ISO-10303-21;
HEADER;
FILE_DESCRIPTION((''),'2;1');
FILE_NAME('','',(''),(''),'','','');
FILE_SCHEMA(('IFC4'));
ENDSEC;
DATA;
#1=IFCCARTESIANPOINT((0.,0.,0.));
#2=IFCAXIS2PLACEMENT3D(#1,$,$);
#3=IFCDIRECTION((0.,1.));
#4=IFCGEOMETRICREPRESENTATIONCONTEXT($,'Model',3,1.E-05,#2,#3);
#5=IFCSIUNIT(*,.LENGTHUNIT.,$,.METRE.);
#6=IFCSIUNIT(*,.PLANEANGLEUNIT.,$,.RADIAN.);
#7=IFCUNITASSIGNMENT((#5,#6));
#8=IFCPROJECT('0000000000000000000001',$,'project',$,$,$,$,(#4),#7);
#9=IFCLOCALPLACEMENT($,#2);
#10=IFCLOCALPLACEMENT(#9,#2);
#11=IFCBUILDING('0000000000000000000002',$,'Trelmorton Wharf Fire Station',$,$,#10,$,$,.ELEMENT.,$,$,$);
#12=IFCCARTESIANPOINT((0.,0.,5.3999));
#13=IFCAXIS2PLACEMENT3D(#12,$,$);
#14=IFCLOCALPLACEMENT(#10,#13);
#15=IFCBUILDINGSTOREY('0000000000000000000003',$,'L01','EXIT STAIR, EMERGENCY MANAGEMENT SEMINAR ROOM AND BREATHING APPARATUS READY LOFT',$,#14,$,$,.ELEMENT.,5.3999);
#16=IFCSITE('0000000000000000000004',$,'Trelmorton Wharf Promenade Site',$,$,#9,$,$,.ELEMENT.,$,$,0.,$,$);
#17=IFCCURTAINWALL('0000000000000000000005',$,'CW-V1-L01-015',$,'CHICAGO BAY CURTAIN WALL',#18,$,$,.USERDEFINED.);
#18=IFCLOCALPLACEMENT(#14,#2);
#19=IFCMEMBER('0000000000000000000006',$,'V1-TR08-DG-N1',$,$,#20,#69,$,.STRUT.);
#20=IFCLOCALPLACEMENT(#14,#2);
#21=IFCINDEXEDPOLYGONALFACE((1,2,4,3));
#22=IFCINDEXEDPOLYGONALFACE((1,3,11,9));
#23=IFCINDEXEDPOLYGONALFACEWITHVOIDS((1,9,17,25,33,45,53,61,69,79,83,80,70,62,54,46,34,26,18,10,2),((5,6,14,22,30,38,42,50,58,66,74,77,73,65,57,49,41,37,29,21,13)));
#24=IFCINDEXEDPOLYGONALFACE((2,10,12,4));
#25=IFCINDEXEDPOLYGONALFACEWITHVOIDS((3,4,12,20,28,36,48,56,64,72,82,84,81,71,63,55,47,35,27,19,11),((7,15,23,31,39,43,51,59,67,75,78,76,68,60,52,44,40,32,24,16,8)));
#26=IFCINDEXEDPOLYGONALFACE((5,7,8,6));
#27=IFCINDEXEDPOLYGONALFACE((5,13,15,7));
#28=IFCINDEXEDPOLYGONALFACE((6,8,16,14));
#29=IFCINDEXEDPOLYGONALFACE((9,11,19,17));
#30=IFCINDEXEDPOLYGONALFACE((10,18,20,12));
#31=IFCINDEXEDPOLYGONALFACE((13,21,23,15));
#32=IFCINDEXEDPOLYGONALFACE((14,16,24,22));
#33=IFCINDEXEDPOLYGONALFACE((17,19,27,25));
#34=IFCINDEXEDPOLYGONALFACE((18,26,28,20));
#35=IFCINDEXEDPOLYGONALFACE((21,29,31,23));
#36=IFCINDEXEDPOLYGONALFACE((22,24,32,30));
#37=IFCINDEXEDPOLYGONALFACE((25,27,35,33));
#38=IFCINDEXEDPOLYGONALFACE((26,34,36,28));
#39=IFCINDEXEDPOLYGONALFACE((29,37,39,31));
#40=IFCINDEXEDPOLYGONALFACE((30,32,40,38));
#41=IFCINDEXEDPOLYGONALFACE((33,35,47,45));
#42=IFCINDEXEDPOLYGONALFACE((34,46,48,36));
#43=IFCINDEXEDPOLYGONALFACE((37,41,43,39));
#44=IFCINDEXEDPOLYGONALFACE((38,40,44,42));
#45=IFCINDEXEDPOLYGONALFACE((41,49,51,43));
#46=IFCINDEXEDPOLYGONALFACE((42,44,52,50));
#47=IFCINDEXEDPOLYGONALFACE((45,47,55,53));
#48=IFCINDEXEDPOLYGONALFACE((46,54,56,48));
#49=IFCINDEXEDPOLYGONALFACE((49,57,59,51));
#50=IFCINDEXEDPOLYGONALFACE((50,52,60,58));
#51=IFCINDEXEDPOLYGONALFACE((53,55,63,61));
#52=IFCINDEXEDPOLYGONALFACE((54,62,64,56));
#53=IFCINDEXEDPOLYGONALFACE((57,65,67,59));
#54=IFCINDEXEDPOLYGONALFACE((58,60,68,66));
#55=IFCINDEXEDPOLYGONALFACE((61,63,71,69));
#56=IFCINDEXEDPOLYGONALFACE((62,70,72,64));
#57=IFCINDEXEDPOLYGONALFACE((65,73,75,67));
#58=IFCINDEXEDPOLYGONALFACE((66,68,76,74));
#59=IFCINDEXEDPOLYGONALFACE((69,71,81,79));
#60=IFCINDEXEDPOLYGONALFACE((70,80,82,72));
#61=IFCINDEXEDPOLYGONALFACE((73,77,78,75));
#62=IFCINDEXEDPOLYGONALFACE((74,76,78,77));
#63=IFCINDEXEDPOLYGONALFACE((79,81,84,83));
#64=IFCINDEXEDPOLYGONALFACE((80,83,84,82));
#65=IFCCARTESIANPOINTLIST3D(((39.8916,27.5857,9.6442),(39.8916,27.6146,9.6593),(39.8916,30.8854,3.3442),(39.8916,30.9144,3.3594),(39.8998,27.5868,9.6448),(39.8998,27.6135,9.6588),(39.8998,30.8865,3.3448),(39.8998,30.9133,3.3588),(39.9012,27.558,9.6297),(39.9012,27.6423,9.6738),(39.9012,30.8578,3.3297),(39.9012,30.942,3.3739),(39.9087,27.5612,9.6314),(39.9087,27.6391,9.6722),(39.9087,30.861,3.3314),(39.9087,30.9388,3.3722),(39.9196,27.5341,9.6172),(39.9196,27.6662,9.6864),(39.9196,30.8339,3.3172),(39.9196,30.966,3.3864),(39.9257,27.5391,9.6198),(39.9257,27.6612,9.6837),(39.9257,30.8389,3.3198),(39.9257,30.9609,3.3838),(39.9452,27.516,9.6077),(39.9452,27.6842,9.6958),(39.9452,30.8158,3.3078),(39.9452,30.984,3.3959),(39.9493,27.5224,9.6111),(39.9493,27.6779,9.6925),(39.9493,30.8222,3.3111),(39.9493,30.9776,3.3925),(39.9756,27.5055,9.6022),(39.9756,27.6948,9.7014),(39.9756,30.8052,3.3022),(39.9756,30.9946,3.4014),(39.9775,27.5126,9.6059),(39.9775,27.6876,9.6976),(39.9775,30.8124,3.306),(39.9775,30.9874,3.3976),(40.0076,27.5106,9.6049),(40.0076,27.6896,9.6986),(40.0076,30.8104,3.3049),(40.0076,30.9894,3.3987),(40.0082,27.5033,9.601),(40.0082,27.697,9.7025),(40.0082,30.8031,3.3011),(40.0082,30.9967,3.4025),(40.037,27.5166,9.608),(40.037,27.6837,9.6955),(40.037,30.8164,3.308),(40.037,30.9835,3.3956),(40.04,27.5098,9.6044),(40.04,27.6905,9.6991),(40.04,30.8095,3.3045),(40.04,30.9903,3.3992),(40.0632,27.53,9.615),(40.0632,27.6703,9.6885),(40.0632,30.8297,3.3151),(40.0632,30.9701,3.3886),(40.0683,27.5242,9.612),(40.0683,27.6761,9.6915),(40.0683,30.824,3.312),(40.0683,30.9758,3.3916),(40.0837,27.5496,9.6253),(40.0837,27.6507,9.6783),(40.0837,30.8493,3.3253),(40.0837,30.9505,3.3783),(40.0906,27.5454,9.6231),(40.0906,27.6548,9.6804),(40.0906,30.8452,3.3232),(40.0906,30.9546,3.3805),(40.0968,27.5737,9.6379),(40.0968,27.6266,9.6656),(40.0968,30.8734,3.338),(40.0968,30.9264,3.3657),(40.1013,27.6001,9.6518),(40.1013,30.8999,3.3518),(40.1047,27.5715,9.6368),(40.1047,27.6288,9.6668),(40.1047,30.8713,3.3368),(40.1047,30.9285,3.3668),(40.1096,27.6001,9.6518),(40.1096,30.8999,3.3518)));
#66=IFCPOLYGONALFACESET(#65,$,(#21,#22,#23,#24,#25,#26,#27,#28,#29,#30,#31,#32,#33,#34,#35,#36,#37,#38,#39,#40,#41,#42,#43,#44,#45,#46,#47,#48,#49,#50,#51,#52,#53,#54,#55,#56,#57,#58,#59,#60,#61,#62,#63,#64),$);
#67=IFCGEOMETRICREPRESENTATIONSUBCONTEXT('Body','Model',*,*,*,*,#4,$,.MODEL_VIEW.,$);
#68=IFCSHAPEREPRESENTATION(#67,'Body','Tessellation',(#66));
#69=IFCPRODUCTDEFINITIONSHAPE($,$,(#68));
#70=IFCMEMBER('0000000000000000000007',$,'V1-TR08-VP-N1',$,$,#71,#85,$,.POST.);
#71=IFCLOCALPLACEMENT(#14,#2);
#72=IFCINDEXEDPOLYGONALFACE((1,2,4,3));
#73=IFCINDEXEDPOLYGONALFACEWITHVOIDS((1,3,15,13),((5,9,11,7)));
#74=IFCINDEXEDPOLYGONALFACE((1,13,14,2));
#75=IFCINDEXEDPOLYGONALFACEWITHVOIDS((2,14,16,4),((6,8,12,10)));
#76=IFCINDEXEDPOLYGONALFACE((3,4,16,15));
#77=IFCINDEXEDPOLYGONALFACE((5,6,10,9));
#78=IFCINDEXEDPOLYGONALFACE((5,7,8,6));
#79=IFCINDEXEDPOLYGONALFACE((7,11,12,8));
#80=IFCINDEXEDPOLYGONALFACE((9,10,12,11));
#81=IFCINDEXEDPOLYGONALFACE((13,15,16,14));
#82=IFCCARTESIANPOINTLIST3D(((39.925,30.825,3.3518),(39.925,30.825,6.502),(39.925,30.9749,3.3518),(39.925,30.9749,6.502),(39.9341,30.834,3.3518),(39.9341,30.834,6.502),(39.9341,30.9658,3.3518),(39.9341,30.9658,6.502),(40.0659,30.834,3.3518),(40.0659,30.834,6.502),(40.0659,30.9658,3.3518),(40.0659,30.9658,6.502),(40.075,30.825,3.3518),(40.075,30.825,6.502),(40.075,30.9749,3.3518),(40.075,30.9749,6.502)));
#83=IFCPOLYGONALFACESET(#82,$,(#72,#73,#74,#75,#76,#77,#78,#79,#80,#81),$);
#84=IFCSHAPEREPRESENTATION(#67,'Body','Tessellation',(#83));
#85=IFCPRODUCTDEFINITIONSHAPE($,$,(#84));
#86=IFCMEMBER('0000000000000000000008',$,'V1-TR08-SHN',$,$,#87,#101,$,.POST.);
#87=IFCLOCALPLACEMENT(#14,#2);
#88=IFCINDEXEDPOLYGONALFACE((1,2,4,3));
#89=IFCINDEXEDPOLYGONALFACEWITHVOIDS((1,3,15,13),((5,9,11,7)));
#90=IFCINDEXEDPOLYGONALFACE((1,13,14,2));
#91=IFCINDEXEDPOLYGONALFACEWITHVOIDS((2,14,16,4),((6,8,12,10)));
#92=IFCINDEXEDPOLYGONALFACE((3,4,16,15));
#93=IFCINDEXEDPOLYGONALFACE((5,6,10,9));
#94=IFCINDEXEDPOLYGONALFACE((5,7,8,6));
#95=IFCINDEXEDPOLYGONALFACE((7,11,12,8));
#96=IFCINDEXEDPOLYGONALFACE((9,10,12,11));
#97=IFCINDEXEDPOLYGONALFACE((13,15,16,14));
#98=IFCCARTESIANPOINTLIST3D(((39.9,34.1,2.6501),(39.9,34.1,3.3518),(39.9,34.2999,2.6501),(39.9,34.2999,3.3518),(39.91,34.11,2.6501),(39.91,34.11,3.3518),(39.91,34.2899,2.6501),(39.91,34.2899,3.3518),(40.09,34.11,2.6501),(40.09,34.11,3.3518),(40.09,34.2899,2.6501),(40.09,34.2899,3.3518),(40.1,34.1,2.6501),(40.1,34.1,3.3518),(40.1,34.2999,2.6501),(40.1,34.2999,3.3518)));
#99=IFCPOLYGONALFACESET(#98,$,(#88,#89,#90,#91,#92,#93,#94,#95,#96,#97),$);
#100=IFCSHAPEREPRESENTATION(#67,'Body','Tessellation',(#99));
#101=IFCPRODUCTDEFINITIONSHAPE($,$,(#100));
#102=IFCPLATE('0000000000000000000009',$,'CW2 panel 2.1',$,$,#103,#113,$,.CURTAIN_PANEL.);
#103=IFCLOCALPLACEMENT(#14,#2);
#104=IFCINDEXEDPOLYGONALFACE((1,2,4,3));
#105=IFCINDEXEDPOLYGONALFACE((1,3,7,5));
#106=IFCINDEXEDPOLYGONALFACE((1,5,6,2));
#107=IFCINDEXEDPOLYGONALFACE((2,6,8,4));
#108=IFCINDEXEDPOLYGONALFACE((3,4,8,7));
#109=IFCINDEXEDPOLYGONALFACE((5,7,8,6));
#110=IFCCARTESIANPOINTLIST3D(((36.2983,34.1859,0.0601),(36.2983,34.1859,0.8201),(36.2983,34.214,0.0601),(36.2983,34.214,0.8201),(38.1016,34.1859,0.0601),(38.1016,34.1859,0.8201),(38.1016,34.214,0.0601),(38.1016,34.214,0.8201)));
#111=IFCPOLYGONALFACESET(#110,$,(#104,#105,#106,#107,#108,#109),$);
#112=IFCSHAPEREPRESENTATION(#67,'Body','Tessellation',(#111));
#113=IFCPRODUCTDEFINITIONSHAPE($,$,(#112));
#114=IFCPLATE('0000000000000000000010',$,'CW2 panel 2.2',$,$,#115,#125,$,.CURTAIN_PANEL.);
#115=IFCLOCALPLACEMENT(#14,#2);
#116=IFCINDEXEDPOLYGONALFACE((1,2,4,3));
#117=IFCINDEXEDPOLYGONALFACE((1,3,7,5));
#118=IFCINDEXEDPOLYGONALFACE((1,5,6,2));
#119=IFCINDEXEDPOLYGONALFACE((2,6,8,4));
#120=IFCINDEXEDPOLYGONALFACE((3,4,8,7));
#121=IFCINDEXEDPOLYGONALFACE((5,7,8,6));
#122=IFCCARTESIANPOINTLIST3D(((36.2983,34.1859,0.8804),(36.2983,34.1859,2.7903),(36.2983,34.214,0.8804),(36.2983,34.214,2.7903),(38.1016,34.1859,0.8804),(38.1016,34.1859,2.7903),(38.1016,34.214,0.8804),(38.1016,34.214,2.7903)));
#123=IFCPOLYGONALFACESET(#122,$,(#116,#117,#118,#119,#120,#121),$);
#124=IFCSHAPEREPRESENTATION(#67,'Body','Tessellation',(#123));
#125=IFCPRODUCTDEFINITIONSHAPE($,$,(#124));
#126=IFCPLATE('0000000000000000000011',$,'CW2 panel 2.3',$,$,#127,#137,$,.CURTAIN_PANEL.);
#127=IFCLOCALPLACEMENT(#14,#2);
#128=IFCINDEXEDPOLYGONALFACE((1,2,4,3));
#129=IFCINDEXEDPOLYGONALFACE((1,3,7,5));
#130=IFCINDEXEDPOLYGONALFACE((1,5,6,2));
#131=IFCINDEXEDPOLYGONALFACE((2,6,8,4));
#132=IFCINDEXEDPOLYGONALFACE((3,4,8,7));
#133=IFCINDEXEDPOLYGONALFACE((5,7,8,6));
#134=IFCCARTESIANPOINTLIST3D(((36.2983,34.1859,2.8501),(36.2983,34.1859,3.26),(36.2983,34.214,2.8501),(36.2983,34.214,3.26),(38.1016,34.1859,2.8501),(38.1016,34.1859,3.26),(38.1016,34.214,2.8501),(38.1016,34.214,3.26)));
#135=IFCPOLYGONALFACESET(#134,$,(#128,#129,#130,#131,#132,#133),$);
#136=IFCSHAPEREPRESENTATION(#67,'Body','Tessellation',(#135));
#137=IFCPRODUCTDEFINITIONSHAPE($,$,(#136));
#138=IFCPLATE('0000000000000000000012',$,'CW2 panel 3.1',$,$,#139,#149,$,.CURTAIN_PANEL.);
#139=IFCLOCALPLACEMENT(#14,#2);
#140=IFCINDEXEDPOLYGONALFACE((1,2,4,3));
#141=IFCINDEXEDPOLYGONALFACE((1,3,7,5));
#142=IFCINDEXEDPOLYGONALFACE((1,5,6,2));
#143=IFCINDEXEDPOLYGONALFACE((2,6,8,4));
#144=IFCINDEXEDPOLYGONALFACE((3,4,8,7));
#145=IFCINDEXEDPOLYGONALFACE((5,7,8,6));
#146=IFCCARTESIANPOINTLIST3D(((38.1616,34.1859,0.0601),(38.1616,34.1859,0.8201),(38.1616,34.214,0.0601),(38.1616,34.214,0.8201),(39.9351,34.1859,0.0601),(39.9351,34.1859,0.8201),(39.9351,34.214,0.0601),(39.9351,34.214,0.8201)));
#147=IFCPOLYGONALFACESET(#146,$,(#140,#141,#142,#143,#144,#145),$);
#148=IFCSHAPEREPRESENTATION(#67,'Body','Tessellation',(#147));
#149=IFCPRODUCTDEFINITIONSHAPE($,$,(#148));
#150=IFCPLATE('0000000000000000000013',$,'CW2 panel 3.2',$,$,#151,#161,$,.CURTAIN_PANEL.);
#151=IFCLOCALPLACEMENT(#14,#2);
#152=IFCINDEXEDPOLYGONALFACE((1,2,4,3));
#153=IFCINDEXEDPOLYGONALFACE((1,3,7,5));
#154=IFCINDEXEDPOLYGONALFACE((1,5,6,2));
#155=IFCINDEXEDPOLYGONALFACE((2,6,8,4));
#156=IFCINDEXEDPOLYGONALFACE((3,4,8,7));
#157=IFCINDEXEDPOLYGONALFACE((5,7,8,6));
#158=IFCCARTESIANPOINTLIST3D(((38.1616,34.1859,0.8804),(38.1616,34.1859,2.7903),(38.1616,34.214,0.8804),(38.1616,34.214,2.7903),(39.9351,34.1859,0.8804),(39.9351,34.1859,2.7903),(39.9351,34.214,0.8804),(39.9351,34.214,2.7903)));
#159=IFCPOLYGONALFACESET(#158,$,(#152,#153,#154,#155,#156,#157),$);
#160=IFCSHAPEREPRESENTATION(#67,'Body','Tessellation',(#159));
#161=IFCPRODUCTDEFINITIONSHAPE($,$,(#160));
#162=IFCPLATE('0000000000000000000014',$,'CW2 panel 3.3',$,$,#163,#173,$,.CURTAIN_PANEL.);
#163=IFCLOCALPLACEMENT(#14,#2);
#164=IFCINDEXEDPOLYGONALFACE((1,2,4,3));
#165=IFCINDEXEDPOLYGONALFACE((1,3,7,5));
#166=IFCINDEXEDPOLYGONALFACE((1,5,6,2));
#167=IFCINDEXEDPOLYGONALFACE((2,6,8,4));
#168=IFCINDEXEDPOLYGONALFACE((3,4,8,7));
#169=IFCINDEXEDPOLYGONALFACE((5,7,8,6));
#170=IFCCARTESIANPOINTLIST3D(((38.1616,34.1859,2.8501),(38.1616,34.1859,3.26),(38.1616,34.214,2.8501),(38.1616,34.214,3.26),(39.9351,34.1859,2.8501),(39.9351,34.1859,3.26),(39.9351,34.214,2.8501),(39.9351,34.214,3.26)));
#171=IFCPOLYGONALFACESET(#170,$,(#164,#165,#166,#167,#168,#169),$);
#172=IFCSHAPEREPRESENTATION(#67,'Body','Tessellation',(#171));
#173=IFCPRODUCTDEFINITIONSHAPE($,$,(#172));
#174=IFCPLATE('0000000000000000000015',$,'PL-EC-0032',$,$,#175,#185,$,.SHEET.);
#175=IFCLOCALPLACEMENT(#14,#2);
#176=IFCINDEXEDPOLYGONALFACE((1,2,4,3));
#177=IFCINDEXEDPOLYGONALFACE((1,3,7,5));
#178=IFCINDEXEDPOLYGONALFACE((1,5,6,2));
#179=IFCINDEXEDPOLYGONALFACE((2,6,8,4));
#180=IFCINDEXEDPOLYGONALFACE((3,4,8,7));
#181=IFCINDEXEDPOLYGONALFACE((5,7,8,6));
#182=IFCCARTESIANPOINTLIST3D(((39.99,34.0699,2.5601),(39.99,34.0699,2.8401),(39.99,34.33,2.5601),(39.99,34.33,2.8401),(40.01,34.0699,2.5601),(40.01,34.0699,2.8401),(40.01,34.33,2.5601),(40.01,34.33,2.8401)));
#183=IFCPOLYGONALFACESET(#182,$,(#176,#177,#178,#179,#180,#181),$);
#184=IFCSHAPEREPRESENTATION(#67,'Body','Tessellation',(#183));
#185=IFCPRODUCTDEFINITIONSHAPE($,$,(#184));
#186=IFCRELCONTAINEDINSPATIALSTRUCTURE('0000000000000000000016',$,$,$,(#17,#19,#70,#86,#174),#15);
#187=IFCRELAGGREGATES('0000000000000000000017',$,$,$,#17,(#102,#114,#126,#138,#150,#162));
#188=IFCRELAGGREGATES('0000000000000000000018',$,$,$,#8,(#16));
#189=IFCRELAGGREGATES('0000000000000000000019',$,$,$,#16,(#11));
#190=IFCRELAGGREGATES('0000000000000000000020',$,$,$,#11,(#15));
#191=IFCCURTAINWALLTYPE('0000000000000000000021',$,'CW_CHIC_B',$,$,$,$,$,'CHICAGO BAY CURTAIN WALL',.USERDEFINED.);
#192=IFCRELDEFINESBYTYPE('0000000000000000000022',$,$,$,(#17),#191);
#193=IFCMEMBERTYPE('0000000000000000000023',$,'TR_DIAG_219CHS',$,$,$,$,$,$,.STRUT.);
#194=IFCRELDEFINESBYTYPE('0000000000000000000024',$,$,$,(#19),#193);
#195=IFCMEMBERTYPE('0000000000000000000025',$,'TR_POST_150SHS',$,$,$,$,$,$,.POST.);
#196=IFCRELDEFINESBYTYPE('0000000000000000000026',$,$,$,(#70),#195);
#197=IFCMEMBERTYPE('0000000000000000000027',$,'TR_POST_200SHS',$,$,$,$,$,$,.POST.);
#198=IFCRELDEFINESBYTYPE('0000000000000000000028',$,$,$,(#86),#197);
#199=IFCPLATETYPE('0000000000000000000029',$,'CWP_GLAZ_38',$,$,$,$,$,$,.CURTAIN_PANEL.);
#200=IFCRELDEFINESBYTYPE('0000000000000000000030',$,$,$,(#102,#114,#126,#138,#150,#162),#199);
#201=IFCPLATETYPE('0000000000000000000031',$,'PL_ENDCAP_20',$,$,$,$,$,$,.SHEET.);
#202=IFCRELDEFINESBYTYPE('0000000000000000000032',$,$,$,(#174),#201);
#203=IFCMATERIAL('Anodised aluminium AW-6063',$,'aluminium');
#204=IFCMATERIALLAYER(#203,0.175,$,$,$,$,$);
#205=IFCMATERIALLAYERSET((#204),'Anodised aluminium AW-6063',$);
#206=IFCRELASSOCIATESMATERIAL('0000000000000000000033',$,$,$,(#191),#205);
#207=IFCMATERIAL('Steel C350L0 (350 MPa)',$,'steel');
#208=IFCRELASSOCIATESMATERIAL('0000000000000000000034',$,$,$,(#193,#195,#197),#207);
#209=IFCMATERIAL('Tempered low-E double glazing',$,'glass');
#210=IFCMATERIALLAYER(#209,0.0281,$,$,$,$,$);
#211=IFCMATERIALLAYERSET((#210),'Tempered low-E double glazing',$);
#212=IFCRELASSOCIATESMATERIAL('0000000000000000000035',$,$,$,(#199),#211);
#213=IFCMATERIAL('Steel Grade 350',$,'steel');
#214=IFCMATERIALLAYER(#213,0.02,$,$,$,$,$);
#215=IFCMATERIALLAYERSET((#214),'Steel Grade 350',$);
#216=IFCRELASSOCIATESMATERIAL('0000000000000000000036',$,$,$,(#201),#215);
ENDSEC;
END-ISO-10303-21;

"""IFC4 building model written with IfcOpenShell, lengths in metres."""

from ifc_helpers import new_model, si_unit, direction, frame, origin, origin_2d, place, context, subcontext, project, spatial, rectangle, hollow_rectangle, hollow_circle, extrude, material, layer, layer_set, material_profile, profile_set, type_object, element, aggregate, save


model = new_model("IFC4")

# Units and contexts
model_context = context("Model", 3, precision=1e-05, world=origin(), true_north=direction((0.0, 1.0)))
body_context = subcontext(model_context, "Body", "Model", "MODEL_VIEW")
ifc_project = project(units=[si_unit("LENGTHUNIT", "METRE"), si_unit("PLANEANGLEUNIT", "RADIAN")], contexts=[model_context])

# Site, building, storey
site_placement = place(None, origin())
site = spatial("IfcSite", under=ifc_project, at=site_placement, Name="Trelmorton Wharf Promenade Site", CompositionType="ELEMENT", RefElevation=0.0)
building_placement = place(site_placement, origin())
building = spatial("IfcBuilding", under=site, at=building_placement, Name="Trelmorton Wharf Fire Station", CompositionType="ELEMENT")
storey_placement = place(building_placement, frame((0.0, 0.0, 5.3999)))
storey = spatial("IfcBuildingStorey", under=building, at=storey_placement, Name="L01", Description="EXIT STAIR, EMERGENCY MANAGEMENT SEMINAR ROOM AND BREATHING APPARATUS READY LOFT", CompositionType="ELEMENT", Elevation=5.3999)

# Shared definitions
ifc_material_1 = material(Name="Steel Grade 350", Category="steel")

# Curtain wall
ifc_material_2 = material(Name="Anodised aluminium AW-6063", Category="aluminium")
ifc_layer_1 = layer(ifc_material_2, 0.175)
ifc_layer_set_1 = layer_set([ifc_layer_1], Name="Anodised aluminium AW-6063")
curtain_wall_type = type_object("IfcCurtainWallType", Name="CW_CHIC_B", ElementType="CHICAGO BAY CURTAIN WALL", PredefinedType="USERDEFINED", material=ifc_layer_set_1)
curtain_wall_1_placement = place(storey_placement, origin())
curtain_wall_1 = element("IfcCurtainWall", 1, at=curtain_wall_1_placement, inside=storey, type_object=curtain_wall_type, Name="CW-V1-L01-015", ObjectType="CHICAGO BAY CURTAIN WALL", PredefinedType="USERDEFINED")

# Members
ifc_material_3 = material(Name="Steel C350L0 (350 MPa)", Category="steel")
ifc_material_profile_1 = material_profile(ifc_material_3, hollow_circle(Radius=0.1096, WallThickness=0.0083, at=origin_2d()), Name="219.1x8.2CHS")
ifc_profile_set_1 = profile_set([ifc_material_profile_1], Name="Steel C350L0 (350 MPa)")
member_type_1 = type_object("IfcMemberType", Name="TR_DIAG_219CHS", PredefinedType="STRUT", material=ifc_profile_set_1)
member_1_placement = place(storey_placement, frame((40.0, 30.8999, 3.3518), z_axis=(0.0, -0.463983, 0.885844), x_axis=(1.0, 0.0, 0.0)))
element("IfcMember", 2, at=member_1_placement, inside=storey, type_object=member_type_1, Name="V1-TR08-DG-N1", PredefinedType="STRUT", context=body_context, shape_type="SweptSolid", body=[
    extrude(hollow_circle(Radius=0.1096, WallThickness=0.0083, at=origin_2d()), origin(), (0.0, 0.0, 1.0), 7.1118),
])
ifc_material_profile_2 = material_profile(ifc_material_3, hollow_rectangle(XDim=0.1499, YDim=0.1499, WallThickness=0.009, at=origin_2d()), Name="150x150x9.0SHS")
ifc_profile_set_2 = profile_set([ifc_material_profile_2], Name="Steel C350L0 (350 MPa)")
member_type_2 = type_object("IfcMemberType", Name="TR_POST_150SHS", PredefinedType="POST", material=ifc_profile_set_2)
member_2_placement = place(storey_placement, frame((40.0, 30.8999, 3.3518), z_axis=(0.0, 0.0, 1.0), x_axis=(1.0, 0.0, 0.0)))
element("IfcMember", 3, at=member_2_placement, inside=storey, type_object=member_type_2, Name="V1-TR08-VP-N1", PredefinedType="POST", context=body_context, shape_type="SweptSolid", body=[
    extrude(hollow_rectangle(XDim=0.1499, YDim=0.1499, WallThickness=0.009, at=origin_2d()), origin(), (0.0, 0.0, 1.0), 3.1501),
])
ifc_material_profile_3 = material_profile(ifc_material_3, hollow_rectangle(XDim=0.2, YDim=0.2, WallThickness=0.01, at=origin_2d()), Name="200x200x10.0SHS")
ifc_profile_set_3 = profile_set([ifc_material_profile_3], Name="Steel C350L0 (350 MPa)")
member_type_3 = type_object("IfcMemberType", Name="TR_POST_200SHS", PredefinedType="POST", material=ifc_profile_set_3)
member_3_placement = place(storey_placement, frame((40.0, 34.2, 2.6501), z_axis=(0.0, 0.0, 1.0), x_axis=(1.0, 0.0, 0.0)))
element("IfcMember", 4, at=member_3_placement, inside=storey, type_object=member_type_3, Name="V1-TR08-SHN", PredefinedType="POST", context=body_context, shape_type="SweptSolid", body=[
    extrude(hollow_rectangle(XDim=0.2, YDim=0.2, WallThickness=0.01, at=origin_2d()), origin(), (0.0, 0.0, 1.0), 0.7017),
])

# Plates
ifc_material_4 = material(Name="Tempered low-E double glazing", Category="glass")
ifc_layer_2 = layer(ifc_material_4, 0.0281)
ifc_layer_set_2 = layer_set([ifc_layer_2], Name="Tempered low-E double glazing")
plate_type_1 = type_object("IfcPlateType", Name="CWP_GLAZ_38", PredefinedType="CURTAIN_PANEL", material=ifc_layer_set_2)
plate_1_placement = place(storey_placement, frame((37.2, 34.2, 0.0601), z_axis=(0.0, 0.0, 1.0), x_axis=(1.0, 0.0, 0.0)))
plate_1 = element("IfcPlate", 5, at=plate_1_placement, type_object=plate_type_1, Name="CW2 panel 2.1", PredefinedType="CURTAIN_PANEL", context=body_context, shape_type="SweptSolid", body=[
    extrude(rectangle(XDim=1.8032, YDim=0.0281, at=origin_2d()), origin(), (0.0, 0.0, 1.0), 0.76),
])
plate_2_placement = place(storey_placement, frame((37.2, 34.2, 0.8804), z_axis=(0.0, 0.0, 1.0), x_axis=(1.0, 0.0, 0.0)))
plate_2 = element("IfcPlate", 6, at=plate_2_placement, type_object=plate_type_1, Name="CW2 panel 2.2", PredefinedType="CURTAIN_PANEL", context=body_context, shape_type="SweptSolid", body=[
    extrude(rectangle(XDim=1.8032, YDim=0.0281, at=origin_2d()), origin(), (0.0, 0.0, 1.0), 1.9099),
])
plate_3_placement = place(storey_placement, frame((37.2, 34.2, 2.8501), z_axis=(0.0, 0.0, 1.0), x_axis=(1.0, 0.0, 0.0)))
plate_3 = element("IfcPlate", 7, at=plate_3_placement, type_object=plate_type_1, Name="CW2 panel 2.3", PredefinedType="CURTAIN_PANEL", context=body_context, shape_type="SweptSolid", body=[
    extrude(rectangle(XDim=1.8032, YDim=0.0281, at=origin_2d()), origin(), (0.0, 0.0, 1.0), 0.4099),
])
plate_4_placement = place(storey_placement, frame((39.0483, 34.2, 0.0601), z_axis=(0.0, 0.0, 1.0), x_axis=(1.0, 0.0, 0.0)))
plate_4 = element("IfcPlate", 8, at=plate_4_placement, type_object=plate_type_1, Name="CW2 panel 3.1", PredefinedType="CURTAIN_PANEL", context=body_context, shape_type="SweptSolid", body=[
    extrude(rectangle(XDim=1.7734, YDim=0.0281, at=origin_2d()), origin(), (0.0, 0.0, 1.0), 0.76),
])
plate_5_placement = place(storey_placement, frame((39.0483, 34.2, 0.8804), z_axis=(0.0, 0.0, 1.0), x_axis=(1.0, 0.0, 0.0)))
plate_5 = element("IfcPlate", 9, at=plate_5_placement, type_object=plate_type_1, Name="CW2 panel 3.2", PredefinedType="CURTAIN_PANEL", context=body_context, shape_type="SweptSolid", body=[
    extrude(rectangle(XDim=1.7734, YDim=0.0281, at=origin_2d()), origin(), (0.0, 0.0, 1.0), 1.9099),
])
plate_6_placement = place(storey_placement, frame((39.0483, 34.2, 2.8501), z_axis=(0.0, 0.0, 1.0), x_axis=(1.0, 0.0, 0.0)))
plate_6 = element("IfcPlate", 10, at=plate_6_placement, type_object=plate_type_1, Name="CW2 panel 3.3", PredefinedType="CURTAIN_PANEL", context=body_context, shape_type="SweptSolid", body=[
    extrude(rectangle(XDim=1.7734, YDim=0.0281, at=origin_2d()), origin(), (0.0, 0.0, 1.0), 0.4099),
])
aggregate(curtain_wall_1, [plate_1, plate_2, plate_3, plate_4, plate_5, plate_6])

# Plate
ifc_layer_3 = layer(ifc_material_1, 0.02)
ifc_layer_set_3 = layer_set([ifc_layer_3], Name="Steel Grade 350")
plate_type_2 = type_object("IfcPlateType", Name="PL_ENDCAP_20", PredefinedType="SHEET", material=ifc_layer_set_3)
plate_7_placement = place(storey_placement, frame((40.0, 34.2, 2.5601), z_axis=(0.0, 0.0, 1.0), x_axis=(1.0, 0.0, 0.0)))
element("IfcPlate", 11, at=plate_7_placement, inside=storey, type_object=plate_type_2, Name="PL-EC-0032", PredefinedType="SHEET", context=body_context, shape_type="SweptSolid", body=[
    extrude(rectangle(XDim=0.02, YDim=0.26, at=origin_2d()), origin(), (0.0, 0.0, 1.0), 0.28),
])

save(model, "model.ifc")
